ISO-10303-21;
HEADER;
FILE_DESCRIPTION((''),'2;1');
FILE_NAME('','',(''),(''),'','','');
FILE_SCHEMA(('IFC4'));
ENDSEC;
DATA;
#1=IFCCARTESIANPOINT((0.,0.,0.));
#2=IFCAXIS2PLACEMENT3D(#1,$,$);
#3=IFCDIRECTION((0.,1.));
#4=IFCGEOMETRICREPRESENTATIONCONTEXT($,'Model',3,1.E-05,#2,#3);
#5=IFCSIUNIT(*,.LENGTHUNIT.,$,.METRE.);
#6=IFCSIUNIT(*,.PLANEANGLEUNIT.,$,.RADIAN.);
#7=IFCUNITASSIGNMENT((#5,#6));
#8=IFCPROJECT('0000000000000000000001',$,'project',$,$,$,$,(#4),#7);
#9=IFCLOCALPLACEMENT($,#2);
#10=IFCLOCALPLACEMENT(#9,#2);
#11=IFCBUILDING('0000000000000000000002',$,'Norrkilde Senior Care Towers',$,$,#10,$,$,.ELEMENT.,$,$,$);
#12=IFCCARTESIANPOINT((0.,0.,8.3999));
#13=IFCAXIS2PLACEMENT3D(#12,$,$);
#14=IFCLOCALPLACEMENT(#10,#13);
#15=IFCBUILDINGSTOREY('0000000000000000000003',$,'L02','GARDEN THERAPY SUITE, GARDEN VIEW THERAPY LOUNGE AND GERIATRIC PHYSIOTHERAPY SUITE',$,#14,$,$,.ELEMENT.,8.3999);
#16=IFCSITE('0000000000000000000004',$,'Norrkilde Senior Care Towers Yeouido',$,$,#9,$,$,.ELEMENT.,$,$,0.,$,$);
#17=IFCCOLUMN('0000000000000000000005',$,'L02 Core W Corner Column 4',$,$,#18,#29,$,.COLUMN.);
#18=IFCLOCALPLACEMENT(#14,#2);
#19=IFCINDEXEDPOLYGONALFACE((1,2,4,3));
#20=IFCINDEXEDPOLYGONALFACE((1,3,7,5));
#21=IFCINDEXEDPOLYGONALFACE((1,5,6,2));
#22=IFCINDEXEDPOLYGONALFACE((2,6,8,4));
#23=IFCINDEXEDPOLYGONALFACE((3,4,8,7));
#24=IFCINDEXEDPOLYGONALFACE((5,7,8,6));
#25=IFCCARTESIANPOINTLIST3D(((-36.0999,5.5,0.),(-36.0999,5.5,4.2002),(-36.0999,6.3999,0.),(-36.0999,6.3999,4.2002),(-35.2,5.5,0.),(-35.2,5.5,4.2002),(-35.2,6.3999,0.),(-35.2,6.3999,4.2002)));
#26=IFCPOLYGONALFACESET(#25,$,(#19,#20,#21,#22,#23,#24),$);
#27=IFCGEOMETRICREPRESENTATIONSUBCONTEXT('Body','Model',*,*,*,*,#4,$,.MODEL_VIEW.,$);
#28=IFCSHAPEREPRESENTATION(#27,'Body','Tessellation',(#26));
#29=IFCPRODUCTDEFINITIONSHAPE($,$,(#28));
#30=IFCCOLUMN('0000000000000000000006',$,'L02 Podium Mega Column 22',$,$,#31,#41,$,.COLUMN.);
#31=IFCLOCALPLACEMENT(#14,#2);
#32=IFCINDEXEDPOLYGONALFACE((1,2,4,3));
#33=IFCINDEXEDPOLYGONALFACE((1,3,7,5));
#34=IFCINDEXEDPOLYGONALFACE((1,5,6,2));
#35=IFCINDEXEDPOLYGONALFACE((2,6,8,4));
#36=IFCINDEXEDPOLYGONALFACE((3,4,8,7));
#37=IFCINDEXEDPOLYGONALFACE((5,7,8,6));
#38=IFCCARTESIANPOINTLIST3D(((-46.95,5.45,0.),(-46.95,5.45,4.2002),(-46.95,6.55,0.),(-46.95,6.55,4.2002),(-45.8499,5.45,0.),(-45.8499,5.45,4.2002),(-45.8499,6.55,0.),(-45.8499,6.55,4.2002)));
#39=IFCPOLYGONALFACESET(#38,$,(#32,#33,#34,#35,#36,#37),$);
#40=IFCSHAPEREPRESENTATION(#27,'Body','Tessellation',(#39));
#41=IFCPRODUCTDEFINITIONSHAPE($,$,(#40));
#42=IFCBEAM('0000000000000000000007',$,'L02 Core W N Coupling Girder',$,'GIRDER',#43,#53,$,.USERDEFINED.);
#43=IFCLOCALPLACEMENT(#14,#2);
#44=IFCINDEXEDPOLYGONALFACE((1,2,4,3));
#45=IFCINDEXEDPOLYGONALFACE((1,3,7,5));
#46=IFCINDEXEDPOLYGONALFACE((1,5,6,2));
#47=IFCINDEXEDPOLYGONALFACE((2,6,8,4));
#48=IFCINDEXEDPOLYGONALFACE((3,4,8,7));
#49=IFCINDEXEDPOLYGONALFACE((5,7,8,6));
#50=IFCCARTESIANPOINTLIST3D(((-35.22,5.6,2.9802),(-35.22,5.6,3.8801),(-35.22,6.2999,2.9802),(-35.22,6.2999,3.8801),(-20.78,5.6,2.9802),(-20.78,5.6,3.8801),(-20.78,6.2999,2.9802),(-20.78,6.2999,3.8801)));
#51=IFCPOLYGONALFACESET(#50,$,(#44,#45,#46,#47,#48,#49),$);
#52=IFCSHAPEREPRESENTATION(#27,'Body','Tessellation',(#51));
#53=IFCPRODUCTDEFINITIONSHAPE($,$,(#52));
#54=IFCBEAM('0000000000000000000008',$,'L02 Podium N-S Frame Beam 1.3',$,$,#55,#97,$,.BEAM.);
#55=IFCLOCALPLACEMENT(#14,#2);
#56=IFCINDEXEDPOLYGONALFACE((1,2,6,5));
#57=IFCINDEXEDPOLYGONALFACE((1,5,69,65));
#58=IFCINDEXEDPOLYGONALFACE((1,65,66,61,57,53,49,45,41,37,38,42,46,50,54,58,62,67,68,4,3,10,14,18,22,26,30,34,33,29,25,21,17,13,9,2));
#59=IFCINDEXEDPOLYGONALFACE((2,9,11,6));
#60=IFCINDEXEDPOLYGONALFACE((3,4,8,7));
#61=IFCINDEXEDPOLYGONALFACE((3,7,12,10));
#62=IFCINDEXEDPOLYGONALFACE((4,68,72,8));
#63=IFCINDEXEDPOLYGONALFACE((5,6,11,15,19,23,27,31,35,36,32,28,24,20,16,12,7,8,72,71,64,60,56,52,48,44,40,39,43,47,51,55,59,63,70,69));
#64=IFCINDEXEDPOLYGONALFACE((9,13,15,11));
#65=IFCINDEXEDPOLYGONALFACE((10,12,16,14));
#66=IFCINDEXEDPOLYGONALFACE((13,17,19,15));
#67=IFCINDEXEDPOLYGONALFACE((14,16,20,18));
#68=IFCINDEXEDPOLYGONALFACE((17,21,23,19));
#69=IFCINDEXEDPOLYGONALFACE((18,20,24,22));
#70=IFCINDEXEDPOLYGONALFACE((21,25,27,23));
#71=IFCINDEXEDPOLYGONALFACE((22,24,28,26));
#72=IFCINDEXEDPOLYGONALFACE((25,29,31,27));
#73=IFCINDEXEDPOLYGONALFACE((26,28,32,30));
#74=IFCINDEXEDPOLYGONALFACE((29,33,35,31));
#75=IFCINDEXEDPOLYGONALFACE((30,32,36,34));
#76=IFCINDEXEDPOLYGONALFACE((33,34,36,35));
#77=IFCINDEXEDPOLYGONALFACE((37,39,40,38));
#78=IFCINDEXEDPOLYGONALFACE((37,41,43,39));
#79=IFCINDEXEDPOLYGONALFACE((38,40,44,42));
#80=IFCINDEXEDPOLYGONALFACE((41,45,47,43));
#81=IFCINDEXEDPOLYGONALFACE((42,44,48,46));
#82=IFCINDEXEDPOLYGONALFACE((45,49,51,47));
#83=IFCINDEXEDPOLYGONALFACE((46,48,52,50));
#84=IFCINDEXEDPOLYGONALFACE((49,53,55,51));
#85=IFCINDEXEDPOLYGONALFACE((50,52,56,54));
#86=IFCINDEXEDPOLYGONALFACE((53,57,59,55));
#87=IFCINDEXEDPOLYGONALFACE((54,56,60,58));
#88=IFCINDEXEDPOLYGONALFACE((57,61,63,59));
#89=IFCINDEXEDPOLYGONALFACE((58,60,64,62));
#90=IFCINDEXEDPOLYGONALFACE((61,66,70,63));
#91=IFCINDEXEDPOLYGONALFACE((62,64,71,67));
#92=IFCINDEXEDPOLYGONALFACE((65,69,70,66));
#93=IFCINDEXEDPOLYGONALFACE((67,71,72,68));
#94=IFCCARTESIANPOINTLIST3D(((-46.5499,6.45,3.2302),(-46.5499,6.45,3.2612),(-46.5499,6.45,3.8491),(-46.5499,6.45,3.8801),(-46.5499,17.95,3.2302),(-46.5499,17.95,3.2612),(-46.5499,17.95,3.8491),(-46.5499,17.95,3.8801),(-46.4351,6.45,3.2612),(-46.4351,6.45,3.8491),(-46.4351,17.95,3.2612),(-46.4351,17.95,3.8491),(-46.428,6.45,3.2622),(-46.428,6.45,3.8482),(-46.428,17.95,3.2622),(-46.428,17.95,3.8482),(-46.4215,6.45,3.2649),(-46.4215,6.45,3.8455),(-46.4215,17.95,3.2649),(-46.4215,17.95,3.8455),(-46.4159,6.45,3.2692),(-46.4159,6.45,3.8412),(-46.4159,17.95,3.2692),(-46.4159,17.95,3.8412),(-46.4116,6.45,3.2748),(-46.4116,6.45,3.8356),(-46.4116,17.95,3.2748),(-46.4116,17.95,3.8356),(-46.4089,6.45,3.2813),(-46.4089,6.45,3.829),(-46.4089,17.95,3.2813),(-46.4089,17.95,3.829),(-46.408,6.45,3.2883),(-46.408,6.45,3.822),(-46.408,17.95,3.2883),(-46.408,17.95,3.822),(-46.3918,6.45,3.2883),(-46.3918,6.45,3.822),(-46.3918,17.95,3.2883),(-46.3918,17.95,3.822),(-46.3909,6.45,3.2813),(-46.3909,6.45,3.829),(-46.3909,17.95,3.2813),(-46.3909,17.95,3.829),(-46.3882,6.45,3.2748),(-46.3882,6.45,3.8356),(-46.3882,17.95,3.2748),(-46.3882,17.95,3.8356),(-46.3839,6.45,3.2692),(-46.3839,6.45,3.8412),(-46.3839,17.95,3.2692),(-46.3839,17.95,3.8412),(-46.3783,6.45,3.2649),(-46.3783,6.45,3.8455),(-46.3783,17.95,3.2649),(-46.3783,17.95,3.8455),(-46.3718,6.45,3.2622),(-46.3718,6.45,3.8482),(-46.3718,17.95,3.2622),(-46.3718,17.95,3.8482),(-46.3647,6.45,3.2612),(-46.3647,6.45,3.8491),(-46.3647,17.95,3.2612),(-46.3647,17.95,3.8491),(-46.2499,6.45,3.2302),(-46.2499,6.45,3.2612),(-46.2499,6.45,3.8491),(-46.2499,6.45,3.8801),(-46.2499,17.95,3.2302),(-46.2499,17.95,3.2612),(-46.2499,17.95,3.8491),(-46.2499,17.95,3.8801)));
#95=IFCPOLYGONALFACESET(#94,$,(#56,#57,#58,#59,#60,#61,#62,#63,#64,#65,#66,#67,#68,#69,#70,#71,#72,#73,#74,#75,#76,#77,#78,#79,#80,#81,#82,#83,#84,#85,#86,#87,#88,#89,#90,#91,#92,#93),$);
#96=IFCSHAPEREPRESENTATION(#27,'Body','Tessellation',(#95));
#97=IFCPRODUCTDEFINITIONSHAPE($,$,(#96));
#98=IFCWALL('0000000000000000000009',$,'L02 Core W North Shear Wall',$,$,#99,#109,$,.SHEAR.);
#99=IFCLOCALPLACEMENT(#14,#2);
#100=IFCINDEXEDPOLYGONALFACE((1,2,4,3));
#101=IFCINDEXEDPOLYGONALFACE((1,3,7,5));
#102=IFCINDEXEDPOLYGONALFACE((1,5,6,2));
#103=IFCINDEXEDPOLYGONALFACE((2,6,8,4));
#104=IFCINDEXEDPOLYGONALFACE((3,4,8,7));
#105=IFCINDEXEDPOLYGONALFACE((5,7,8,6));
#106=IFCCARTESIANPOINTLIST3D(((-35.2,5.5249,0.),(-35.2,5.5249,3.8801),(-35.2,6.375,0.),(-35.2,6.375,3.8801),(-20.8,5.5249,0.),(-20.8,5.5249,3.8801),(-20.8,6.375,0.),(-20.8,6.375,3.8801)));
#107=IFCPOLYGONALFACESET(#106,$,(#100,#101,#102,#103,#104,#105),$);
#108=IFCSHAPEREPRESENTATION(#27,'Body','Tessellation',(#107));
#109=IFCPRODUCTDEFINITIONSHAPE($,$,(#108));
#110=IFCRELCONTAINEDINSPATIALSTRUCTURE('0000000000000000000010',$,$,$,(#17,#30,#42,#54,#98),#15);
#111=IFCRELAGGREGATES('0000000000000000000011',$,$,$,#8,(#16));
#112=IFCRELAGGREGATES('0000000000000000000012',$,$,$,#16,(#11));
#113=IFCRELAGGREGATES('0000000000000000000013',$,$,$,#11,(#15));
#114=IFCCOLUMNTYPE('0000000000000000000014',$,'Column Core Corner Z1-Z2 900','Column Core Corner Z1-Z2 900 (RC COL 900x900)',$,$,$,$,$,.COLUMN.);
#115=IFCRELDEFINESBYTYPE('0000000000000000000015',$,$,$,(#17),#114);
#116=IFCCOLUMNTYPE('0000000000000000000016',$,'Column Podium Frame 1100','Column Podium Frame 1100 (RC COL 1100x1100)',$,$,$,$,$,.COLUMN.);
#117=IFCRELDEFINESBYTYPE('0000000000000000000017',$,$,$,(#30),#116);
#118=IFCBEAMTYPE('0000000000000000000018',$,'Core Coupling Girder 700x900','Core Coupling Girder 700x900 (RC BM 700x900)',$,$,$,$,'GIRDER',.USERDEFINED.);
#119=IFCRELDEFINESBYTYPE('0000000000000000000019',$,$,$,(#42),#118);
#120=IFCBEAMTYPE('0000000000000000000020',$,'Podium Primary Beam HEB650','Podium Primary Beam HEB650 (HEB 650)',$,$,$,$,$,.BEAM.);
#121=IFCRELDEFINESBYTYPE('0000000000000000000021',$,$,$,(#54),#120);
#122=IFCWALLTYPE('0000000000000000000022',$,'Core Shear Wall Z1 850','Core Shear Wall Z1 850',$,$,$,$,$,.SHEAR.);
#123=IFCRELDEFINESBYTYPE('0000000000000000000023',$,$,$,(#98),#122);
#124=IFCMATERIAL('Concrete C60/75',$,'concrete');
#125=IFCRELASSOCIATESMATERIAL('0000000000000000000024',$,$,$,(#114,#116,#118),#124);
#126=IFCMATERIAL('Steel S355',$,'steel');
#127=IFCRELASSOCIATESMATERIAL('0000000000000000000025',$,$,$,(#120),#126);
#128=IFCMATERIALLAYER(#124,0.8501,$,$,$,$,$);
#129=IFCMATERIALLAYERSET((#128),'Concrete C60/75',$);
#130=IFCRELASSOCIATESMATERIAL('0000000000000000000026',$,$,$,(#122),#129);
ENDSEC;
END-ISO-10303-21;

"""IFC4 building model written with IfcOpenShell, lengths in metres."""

from ifc_helpers import new_model, si_unit, direction, frame, frame_2d, origin, origin_2d, place, context, subcontext, project, spatial, rectangle, i_section, extrude, source, transform, mapped, material, layer, layer_set, material_profile, profile_set, type_object, type_shapes, element, save


model = new_model("IFC4")

# Units and contexts
model_context = context("Model", 3, precision=1e-05, world=origin(), true_north=direction((0.0, 1.0)))
body_context = subcontext(model_context, "Body", "Model", "MODEL_VIEW")
ifc_project = project(units=[si_unit("LENGTHUNIT", "METRE"), si_unit("PLANEANGLEUNIT", "RADIAN")], contexts=[model_context])

# Site, building, storey
site_placement = place(None, origin())
site = spatial("IfcSite", under=ifc_project, at=site_placement, Name="Norrkilde Senior Care Towers Yeouido", CompositionType="ELEMENT", RefElevation=0.0)
building_placement = place(site_placement, origin())
building = spatial("IfcBuilding", under=site, at=building_placement, Name="Norrkilde Senior Care Towers", CompositionType="ELEMENT")
storey_placement = place(building_placement, frame((0.0, 0.0, 8.3999)))
storey = spatial("IfcBuildingStorey", under=building, at=storey_placement, Name="L02", Description="GARDEN THERAPY SUITE, GARDEN VIEW THERAPY LOUNGE AND GERIATRIC PHYSIOTHERAPY SUITE", CompositionType="ELEMENT", Elevation=8.3999)

# Columns
ifc_material_1 = material(Name="Concrete C60/75", Category="concrete")
ifc_material_profile_1 = material_profile(ifc_material_1, rectangle(XDim=0.8999, YDim=0.8999, at=origin_2d()), Name="RC COL 900x900")
ifc_profile_set_1 = profile_set([ifc_material_profile_1], Name="Concrete C60/75")
column_type_1 = type_object("IfcColumnType", Name="Column Core Corner Z1-Z2 900", Description="Column Core Corner Z1-Z2 900 (RC COL 900x900)", PredefinedType="COLUMN", material=ifc_profile_set_1)
shared_shape_1 = source(origin(), body_context, "Body", "SweptSolid", [
    extrude(rectangle(XDim=0.8999, YDim=0.8999, at=origin_2d()), origin(), (0.0, 0.0, 1.0), 4.2002),
])
type_shapes(column_type_1, [shared_shape_1])
column_1_placement = place(storey_placement, frame((-35.6499, 5.95, 0.0), z_axis=(0.0, 0.0, 1.0), x_axis=(1.0, 0.0, 0.0)))
element("IfcColumn", 1, at=column_1_placement, inside=storey, type_object=column_type_1, Name="L02 Core W Corner Column 4", PredefinedType="COLUMN", context=body_context, shape_type="MappedRepresentation", body=[
    mapped(shared_shape_1, transform((0.0, 0.0, 0.0), x_axis=(1.0, 0.0, 0.0), y_axis=(0.0, 1.0, 0.0), z_axis=(0.0, 0.0, 1.0), scale=1.0)),
])
ifc_material_profile_2 = material_profile(ifc_material_1, rectangle(XDim=1.1001, YDim=1.1001, at=origin_2d()), Name="RC COL 1100x1100")
ifc_profile_set_2 = profile_set([ifc_material_profile_2], Name="Concrete C60/75")
column_type_2 = type_object("IfcColumnType", Name="Column Podium Frame 1100", Description="Column Podium Frame 1100 (RC COL 1100x1100)", PredefinedType="COLUMN", material=ifc_profile_set_2)
shared_shape_2 = source(origin(), body_context, "Body", "SweptSolid", [
    extrude(rectangle(XDim=1.1001, YDim=1.1001, at=origin_2d()), origin(), (0.0, 0.0, 1.0), 4.2002),
])
type_shapes(column_type_2, [shared_shape_2])
column_2_placement = place(storey_placement, frame((-46.3999, 6.0, 0.0), z_axis=(0.0, 0.0, 1.0), x_axis=(1.0, 0.0, 0.0)))
element("IfcColumn", 2, at=column_2_placement, inside=storey, type_object=column_type_2, Name="L02 Podium Mega Column 22", PredefinedType="COLUMN", context=body_context, shape_type="MappedRepresentation", body=[
    mapped(shared_shape_2, transform((0.0, 0.0, 0.0), x_axis=(1.0, 0.0, 0.0), y_axis=(0.0, 1.0, 0.0), z_axis=(0.0, 0.0, 1.0), scale=1.0)),
])

# Beams
ifc_material_profile_3 = material_profile(ifc_material_1, rectangle(XDim=0.7, YDim=0.8999, at=origin_2d()), Name="RC BM 700x900")
ifc_profile_set_3 = profile_set([ifc_material_profile_3], Name="Concrete C60/75")
beam_type_1 = type_object("IfcBeamType", Name="Core Coupling Girder 700x900", Description="Core Coupling Girder 700x900 (RC BM 700x900)", ElementType="GIRDER", PredefinedType="USERDEFINED", material=ifc_profile_set_3)
shared_shape_3 = source(origin(), body_context, "Body", "SweptSolid", [
    extrude(rectangle(XDim=0.7, YDim=0.8999, at=origin_2d()), origin(), (0.0, 0.0, 1.0), 14.4399),
])
type_shapes(beam_type_1, [shared_shape_3])
beam_1_placement = place(storey_placement, frame((-35.22, 5.95, 3.4302), z_axis=(1.0, 0.0, 0.0), x_axis=(0.0, 1.0, 0.0)))
element("IfcBeam", 3, at=beam_1_placement, inside=storey, type_object=beam_type_1, Name="L02 Core W N Coupling Girder", ObjectType="GIRDER", PredefinedType="USERDEFINED", context=body_context, shape_type="MappedRepresentation", body=[
    mapped(shared_shape_3, transform((0.0, 0.0, 0.0), x_axis=(1.0, 0.0, 0.0), y_axis=(0.0, 1.0, 0.0), z_axis=(0.0, 0.0, 1.0), scale=1.0)),
])
ifc_material_2 = material(Name="Steel S355", Category="steel")
ifc_material_profile_4 = material_profile(ifc_material_2, i_section(OverallWidth=0.3, OverallDepth=0.6499, WebThickness=0.0161, FlangeThickness=0.031, FilletRadius=0.0271, at=origin_2d()), Name="HEB 650")
ifc_profile_set_4 = profile_set([ifc_material_profile_4], Name="Steel S355")
beam_type_2 = type_object("IfcBeamType", Name="Podium Primary Beam HEB650", Description="Podium Primary Beam HEB650 (HEB 650)", PredefinedType="BEAM", material=ifc_profile_set_4)
shared_shape_4 = source(origin(), body_context, "Body", "SweptSolid", [
    extrude(i_section(OverallWidth=0.3, OverallDepth=0.6499, WebThickness=0.0161, FlangeThickness=0.031, FilletRadius=0.0271, at=origin_2d()), origin(), (0.0, 0.0, 1.0), 11.5),
])
type_shapes(beam_type_2, [shared_shape_4])
beam_2_placement = place(storey_placement, frame((-46.3999, 6.45, 3.5552), z_axis=(0.0, 1.0, 0.0), x_axis=(-1.0, 0.0, 0.0)))
element("IfcBeam", 4, at=beam_2_placement, inside=storey, type_object=beam_type_2, Name="L02 Podium N-S Frame Beam 1.3", PredefinedType="BEAM", context=body_context, shape_type="MappedRepresentation", body=[
    mapped(shared_shape_4, transform((0.0, 0.0, 0.0), x_axis=(1.0, 0.0, 0.0), y_axis=(0.0, 1.0, 0.0), z_axis=(0.0, 0.0, 1.0), scale=1.0)),
])

# Wall
ifc_layer_1 = layer(ifc_material_1, 0.8501)
ifc_layer_set_1 = layer_set([ifc_layer_1], Name="Concrete C60/75")
wall_type_1 = type_object("IfcWallType", Name="Core Shear Wall Z1 850", Description="Core Shear Wall Z1 850", PredefinedType="SHEAR", material=ifc_layer_set_1)
shared_shape_5 = source(origin(), body_context, "Body", "SweptSolid", [
    extrude(rectangle(XDim=14.3999, YDim=0.8501, at=frame_2d((7.2, 0.0))), origin(), (0.0, 0.0, 1.0), 3.8801),
])
type_shapes(wall_type_1, [shared_shape_5])
wall_1_placement = place(storey_placement, frame((-35.2, 5.95, 0.0), z_axis=(0.0, 0.0, 1.0), x_axis=(1.0, 0.0, 0.0)))
element("IfcWall", 5, at=wall_1_placement, inside=storey, type_object=wall_type_1, Name="L02 Core W North Shear Wall", PredefinedType="SHEAR", context=body_context, shape_type="MappedRepresentation", body=[
    mapped(shared_shape_5, transform((0.0, 0.0, 0.0), x_axis=(1.0, 0.0, 0.0), y_axis=(0.0, 1.0, 0.0), z_axis=(0.0, 0.0, 1.0), scale=1.0)),
])

save(model, "model.ifc")
